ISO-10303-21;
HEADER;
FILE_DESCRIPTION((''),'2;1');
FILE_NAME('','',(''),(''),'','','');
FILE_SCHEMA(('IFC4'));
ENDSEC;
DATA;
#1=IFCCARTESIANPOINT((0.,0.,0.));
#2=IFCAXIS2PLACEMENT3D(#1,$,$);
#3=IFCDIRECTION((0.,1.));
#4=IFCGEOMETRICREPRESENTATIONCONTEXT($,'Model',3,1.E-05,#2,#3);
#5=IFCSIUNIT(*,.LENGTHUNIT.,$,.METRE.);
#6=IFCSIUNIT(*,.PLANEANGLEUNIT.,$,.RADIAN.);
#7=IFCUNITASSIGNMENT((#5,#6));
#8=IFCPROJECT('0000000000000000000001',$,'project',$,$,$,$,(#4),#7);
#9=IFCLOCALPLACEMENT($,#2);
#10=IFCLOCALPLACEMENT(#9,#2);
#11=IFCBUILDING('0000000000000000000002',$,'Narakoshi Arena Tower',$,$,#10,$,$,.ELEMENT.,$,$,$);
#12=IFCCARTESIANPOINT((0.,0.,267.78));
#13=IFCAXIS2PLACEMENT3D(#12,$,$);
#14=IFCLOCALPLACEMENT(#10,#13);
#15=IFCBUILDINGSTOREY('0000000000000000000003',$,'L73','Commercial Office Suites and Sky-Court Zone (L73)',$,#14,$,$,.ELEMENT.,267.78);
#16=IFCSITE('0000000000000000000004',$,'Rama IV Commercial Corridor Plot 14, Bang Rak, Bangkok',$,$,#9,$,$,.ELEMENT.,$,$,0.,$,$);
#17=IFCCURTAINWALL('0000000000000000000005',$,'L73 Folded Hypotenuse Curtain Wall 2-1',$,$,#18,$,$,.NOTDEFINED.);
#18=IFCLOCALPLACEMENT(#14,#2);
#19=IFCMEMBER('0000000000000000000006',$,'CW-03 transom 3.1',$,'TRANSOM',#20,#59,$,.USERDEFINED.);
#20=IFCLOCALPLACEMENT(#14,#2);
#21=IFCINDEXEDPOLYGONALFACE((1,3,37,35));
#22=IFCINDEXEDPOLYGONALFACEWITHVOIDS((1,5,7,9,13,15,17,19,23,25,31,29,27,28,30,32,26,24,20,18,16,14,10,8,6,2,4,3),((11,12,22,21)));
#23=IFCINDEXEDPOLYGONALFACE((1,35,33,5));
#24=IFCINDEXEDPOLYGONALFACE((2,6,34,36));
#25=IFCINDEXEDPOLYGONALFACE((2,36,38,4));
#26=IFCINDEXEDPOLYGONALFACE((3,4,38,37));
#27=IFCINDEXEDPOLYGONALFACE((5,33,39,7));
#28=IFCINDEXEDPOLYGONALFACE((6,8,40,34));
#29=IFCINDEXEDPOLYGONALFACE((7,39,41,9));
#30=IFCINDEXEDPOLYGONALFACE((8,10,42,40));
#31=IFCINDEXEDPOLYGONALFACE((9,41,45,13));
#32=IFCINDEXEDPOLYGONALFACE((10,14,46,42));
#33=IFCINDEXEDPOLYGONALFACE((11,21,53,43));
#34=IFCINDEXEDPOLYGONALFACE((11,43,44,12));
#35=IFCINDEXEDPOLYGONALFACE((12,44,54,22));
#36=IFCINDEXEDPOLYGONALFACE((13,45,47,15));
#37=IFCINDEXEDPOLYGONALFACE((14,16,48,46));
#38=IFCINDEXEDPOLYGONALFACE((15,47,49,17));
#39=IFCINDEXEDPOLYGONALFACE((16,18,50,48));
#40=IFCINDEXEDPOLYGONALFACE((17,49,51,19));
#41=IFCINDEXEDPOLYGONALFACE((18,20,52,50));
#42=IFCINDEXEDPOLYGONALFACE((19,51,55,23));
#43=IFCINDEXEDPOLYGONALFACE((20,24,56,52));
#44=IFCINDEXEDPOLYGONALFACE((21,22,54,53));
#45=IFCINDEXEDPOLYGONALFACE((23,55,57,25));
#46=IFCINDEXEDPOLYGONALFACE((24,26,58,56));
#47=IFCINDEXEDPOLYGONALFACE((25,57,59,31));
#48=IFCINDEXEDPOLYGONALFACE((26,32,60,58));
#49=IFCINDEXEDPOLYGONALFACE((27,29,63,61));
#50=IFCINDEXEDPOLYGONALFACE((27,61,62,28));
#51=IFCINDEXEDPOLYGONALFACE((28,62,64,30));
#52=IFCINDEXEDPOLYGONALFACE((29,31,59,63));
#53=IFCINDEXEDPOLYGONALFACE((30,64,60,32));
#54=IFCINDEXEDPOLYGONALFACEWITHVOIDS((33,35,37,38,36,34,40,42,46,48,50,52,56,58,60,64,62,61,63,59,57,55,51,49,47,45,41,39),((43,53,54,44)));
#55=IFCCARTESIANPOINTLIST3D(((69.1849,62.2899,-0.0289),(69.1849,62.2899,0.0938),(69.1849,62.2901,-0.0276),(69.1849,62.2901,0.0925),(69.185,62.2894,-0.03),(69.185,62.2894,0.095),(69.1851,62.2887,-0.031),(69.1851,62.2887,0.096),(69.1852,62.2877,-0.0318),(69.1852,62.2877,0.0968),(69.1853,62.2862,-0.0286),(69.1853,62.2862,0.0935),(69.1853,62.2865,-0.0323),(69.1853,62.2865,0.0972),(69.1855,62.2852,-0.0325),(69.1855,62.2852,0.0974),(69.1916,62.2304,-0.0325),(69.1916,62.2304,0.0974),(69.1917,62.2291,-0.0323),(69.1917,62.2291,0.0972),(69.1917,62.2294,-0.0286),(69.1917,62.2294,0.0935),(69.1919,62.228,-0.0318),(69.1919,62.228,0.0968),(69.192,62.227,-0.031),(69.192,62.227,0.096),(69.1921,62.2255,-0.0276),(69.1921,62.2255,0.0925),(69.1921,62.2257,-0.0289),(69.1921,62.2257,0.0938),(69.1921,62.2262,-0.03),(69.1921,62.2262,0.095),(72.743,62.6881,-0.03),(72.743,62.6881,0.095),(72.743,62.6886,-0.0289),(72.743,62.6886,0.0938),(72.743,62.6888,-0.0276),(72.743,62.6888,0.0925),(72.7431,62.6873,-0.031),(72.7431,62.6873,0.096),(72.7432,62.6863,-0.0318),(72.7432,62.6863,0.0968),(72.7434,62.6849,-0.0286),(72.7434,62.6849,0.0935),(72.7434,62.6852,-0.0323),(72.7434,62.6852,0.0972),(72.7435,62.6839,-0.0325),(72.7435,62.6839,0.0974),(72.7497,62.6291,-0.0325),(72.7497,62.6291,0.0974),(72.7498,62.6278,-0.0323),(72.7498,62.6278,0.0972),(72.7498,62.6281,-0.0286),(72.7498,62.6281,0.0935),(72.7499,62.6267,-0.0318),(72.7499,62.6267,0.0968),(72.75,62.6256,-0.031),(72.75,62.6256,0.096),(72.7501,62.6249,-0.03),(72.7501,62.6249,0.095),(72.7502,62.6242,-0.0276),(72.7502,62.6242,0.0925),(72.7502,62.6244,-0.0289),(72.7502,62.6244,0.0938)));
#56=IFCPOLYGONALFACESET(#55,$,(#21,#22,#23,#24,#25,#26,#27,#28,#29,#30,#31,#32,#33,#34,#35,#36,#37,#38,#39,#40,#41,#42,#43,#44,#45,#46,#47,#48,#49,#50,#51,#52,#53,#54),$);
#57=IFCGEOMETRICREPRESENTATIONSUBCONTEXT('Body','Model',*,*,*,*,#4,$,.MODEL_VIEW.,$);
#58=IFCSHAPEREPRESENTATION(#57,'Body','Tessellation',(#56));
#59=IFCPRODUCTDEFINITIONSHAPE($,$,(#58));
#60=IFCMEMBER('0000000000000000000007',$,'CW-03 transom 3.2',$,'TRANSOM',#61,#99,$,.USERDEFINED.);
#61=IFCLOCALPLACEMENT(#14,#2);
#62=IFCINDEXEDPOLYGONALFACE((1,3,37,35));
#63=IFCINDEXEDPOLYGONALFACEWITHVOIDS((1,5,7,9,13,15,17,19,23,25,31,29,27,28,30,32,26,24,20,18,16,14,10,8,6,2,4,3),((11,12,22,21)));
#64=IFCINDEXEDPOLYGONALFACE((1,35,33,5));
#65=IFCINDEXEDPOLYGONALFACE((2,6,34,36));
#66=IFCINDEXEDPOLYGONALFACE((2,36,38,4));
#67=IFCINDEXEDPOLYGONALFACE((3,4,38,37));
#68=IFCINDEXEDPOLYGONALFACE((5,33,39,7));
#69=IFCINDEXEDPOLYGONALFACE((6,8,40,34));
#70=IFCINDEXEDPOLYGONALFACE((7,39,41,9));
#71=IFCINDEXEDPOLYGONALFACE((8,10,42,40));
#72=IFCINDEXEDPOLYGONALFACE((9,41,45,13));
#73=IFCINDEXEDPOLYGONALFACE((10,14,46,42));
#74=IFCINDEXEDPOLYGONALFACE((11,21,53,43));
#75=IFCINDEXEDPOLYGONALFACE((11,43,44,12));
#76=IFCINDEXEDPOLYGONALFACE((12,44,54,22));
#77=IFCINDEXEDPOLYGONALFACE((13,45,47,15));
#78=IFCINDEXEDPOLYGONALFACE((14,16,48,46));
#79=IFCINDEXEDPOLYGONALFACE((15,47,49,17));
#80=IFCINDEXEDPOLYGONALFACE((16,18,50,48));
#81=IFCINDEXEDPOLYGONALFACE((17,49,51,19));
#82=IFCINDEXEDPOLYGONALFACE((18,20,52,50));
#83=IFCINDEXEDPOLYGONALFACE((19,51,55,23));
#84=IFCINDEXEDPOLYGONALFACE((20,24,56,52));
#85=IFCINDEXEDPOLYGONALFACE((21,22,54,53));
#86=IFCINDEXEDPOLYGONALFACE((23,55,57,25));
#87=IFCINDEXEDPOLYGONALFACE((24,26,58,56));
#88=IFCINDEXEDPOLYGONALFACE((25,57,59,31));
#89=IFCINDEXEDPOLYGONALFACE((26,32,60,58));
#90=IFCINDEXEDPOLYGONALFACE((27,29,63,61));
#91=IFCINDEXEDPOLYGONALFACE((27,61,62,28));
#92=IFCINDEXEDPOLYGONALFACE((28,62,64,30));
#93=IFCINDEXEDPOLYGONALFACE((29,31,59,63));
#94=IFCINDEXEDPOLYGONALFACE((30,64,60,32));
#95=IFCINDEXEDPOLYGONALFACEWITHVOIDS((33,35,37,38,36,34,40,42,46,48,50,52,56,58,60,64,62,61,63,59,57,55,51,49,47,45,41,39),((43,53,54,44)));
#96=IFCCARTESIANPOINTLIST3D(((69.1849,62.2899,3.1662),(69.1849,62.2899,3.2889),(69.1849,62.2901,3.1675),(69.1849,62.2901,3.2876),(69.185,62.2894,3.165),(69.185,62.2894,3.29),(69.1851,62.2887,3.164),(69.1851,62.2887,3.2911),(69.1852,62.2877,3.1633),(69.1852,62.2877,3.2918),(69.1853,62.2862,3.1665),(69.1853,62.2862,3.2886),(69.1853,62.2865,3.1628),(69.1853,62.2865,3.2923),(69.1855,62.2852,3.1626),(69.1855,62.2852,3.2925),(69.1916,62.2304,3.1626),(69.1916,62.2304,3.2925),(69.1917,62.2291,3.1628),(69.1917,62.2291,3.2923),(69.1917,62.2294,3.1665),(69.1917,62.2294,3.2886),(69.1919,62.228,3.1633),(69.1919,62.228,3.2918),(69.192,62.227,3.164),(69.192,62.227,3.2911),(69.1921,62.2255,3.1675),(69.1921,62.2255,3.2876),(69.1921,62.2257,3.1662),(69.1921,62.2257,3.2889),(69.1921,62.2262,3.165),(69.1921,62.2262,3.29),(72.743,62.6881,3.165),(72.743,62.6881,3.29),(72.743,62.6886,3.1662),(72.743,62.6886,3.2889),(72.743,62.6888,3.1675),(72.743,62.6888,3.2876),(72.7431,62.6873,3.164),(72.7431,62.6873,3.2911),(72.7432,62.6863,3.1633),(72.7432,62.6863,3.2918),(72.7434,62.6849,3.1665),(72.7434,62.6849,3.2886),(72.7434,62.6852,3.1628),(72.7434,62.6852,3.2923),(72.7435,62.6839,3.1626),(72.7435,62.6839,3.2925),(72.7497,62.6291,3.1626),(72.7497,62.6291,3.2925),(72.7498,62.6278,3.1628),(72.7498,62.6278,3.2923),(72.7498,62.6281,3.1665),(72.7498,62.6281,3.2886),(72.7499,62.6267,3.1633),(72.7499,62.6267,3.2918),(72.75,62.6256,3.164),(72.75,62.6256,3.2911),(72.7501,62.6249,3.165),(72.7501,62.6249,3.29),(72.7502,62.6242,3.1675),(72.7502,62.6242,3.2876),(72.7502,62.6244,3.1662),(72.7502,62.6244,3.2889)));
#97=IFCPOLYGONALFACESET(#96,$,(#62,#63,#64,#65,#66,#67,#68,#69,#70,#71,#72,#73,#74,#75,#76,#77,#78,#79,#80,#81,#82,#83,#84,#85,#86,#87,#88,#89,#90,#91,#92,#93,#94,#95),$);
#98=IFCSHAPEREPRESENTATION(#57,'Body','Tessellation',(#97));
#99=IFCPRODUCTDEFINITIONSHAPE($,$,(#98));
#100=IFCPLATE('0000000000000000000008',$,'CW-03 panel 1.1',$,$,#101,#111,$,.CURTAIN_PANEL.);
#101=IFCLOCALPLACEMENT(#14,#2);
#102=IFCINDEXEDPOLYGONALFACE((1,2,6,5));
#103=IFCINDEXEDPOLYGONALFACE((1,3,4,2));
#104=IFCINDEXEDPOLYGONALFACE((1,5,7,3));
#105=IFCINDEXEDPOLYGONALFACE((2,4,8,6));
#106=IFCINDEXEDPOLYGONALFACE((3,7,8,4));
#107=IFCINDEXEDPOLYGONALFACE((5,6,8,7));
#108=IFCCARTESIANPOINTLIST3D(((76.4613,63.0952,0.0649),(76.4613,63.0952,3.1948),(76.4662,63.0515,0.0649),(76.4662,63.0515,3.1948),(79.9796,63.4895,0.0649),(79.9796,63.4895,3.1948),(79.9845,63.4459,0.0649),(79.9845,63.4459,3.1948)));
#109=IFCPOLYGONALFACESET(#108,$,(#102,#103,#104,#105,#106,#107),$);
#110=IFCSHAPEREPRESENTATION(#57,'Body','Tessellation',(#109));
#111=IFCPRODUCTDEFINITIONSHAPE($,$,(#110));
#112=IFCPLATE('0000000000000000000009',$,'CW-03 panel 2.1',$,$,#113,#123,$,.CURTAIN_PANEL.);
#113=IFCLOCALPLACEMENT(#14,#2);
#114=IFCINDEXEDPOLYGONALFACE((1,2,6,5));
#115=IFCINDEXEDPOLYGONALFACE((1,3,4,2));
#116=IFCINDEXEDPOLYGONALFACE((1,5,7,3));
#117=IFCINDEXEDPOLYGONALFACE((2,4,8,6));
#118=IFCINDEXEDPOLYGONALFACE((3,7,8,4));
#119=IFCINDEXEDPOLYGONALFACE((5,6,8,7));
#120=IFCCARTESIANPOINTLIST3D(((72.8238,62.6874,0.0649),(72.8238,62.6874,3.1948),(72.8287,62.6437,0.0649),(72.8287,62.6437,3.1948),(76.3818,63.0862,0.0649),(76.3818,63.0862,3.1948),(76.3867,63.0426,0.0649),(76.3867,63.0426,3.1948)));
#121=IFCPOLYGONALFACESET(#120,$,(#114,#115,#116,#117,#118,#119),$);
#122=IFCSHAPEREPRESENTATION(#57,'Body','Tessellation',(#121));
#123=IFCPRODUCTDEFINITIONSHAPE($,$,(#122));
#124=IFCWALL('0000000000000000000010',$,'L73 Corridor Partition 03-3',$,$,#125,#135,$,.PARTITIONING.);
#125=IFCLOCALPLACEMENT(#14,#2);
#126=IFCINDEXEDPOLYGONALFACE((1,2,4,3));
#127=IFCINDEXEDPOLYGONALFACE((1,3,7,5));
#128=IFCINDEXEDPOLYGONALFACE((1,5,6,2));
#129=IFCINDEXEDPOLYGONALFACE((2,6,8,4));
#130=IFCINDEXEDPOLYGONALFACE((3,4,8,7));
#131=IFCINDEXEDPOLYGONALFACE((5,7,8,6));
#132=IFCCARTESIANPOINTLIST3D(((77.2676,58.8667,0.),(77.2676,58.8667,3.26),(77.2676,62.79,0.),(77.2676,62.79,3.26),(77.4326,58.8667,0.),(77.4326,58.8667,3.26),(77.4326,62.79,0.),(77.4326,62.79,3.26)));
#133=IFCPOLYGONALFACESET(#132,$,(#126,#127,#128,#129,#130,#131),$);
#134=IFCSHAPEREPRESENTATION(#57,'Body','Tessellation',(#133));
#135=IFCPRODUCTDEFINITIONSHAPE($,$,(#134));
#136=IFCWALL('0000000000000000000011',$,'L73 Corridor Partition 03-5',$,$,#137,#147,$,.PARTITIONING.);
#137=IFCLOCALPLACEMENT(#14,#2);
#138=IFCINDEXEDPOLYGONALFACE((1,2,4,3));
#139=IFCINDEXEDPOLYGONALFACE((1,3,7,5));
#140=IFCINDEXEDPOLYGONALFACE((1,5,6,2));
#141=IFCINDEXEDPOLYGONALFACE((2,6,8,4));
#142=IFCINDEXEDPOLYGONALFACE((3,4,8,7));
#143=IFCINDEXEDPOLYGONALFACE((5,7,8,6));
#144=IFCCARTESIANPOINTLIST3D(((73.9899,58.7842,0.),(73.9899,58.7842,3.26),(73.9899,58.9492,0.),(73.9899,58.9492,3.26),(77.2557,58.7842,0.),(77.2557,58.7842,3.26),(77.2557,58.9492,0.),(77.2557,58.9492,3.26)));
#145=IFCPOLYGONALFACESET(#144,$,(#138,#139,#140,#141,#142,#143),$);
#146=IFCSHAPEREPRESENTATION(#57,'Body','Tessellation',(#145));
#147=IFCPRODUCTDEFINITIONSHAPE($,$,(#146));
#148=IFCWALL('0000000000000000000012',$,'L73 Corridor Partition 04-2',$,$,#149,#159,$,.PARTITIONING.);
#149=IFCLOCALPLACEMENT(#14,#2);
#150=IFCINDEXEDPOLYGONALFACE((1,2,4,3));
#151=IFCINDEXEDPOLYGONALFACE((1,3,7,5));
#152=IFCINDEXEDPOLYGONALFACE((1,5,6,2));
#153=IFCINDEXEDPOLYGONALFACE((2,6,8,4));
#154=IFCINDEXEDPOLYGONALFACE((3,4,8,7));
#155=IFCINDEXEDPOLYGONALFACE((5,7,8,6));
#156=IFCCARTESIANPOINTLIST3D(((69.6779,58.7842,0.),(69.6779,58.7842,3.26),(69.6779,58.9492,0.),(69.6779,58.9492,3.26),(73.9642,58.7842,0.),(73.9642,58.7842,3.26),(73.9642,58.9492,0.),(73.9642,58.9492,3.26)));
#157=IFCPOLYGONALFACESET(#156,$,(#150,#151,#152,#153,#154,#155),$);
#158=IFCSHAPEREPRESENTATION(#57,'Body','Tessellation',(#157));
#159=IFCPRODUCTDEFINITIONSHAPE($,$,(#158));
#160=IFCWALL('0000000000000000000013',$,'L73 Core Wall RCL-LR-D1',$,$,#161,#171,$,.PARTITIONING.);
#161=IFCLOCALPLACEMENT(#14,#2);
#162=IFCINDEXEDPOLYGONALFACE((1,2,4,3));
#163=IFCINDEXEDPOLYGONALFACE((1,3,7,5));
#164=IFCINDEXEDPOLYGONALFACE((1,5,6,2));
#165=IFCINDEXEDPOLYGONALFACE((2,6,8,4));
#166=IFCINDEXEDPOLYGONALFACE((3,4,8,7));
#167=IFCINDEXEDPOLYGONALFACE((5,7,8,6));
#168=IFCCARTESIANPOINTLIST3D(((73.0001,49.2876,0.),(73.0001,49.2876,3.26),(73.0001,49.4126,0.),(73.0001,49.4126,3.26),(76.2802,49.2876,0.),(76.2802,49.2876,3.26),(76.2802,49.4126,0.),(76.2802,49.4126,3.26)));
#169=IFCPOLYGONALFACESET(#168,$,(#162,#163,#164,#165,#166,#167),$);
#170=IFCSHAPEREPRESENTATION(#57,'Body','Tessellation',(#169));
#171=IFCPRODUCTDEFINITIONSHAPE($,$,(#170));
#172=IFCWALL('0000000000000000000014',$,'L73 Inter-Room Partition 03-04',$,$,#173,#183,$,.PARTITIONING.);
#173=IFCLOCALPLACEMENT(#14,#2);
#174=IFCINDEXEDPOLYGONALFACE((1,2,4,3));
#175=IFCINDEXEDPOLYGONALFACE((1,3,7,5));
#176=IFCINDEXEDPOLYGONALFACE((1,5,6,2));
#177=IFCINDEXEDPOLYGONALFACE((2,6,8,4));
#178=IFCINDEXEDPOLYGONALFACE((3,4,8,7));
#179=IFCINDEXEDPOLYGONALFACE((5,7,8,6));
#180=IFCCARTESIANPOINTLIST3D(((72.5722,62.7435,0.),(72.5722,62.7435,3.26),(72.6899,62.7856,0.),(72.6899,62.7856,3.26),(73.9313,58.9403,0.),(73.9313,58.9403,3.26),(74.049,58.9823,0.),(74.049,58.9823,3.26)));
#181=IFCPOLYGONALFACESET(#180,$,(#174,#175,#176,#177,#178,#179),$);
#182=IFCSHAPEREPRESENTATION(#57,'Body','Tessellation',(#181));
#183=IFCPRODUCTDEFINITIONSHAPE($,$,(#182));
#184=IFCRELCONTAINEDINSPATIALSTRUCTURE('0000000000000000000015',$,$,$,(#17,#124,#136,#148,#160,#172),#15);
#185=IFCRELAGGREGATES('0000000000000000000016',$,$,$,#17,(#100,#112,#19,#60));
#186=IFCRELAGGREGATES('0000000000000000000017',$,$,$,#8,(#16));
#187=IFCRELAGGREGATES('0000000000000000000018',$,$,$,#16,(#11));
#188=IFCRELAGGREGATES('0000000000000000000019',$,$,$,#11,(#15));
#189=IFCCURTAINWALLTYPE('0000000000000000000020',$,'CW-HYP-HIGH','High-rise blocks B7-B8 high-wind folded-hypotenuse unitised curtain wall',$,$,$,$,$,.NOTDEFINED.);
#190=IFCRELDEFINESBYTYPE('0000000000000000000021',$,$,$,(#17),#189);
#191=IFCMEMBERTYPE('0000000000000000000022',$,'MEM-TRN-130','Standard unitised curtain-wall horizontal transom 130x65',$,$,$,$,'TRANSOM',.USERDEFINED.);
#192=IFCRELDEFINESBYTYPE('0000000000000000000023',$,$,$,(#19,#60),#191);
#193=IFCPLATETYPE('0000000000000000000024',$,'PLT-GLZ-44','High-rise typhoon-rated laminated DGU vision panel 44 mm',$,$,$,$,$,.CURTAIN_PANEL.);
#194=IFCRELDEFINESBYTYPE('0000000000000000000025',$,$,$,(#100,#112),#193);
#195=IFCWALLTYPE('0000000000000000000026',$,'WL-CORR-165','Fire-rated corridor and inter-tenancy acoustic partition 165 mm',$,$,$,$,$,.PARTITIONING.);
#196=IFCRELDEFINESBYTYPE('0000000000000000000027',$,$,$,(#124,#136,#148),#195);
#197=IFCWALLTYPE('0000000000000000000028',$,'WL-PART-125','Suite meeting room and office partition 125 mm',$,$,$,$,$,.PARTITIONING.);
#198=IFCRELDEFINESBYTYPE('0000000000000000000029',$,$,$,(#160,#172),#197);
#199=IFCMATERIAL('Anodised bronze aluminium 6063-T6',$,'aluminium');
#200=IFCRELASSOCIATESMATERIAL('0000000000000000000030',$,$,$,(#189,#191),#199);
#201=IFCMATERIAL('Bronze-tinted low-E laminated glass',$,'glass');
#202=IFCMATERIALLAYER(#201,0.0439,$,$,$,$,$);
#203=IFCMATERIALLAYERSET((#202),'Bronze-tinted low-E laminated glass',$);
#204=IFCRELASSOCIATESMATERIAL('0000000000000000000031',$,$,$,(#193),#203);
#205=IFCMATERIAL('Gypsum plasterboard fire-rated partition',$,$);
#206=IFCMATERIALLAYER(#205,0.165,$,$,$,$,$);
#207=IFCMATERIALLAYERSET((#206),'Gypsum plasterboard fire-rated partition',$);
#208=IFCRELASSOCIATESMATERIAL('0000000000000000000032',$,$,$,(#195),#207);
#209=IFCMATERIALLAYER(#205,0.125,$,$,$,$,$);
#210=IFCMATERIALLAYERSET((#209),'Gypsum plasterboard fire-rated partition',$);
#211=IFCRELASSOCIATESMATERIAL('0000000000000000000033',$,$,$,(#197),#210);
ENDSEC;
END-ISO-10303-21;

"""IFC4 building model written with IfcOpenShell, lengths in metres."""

from ifc_helpers import new_model, si_unit, direction, frame, frame_2d, origin, origin_2d, place, context, subcontext, project, spatial, rectangle, hollow_rectangle, extrude, material, layer, layer_set, material_profile, profile_set, type_object, element, aggregate, save


model = new_model("IFC4")

# Units and contexts
model_context = context("Model", 3, precision=1e-05, world=origin(), true_north=direction((0.0, 1.0)))
body_context = subcontext(model_context, "Body", "Model", "MODEL_VIEW")
ifc_project = project(units=[si_unit("LENGTHUNIT", "METRE"), si_unit("PLANEANGLEUNIT", "RADIAN")], contexts=[model_context])

# Site, building, storey
site_placement = place(None, origin())
site = spatial("IfcSite", under=ifc_project, at=site_placement, Name="Rama IV Commercial Corridor Plot 14, Bang Rak, Bangkok", CompositionType="ELEMENT", RefElevation=0.0)
building_placement = place(site_placement, origin())
building = spatial("IfcBuilding", under=site, at=building_placement, Name="Narakoshi Arena Tower", CompositionType="ELEMENT")
storey_placement = place(building_placement, frame((0.0, 0.0, 267.78)))
storey = spatial("IfcBuildingStorey", under=building, at=storey_placement, Name="L73", Description="Commercial Office Suites and Sky-Court Zone (L73)", CompositionType="ELEMENT", Elevation=267.78)

# Curtain wall, members, plates
ifc_material_1 = material(Name="Anodised bronze aluminium 6063-T6", Category="aluminium")
curtain_wall_type = type_object("IfcCurtainWallType", Name="CW-HYP-HIGH", Description="High-rise blocks B7-B8 high-wind folded-hypotenuse unitised curtain wall", PredefinedType="NOTDEFINED", material=ifc_material_1)
curtain_wall_placement = place(storey_placement, origin())
curtain_wall = element("IfcCurtainWall", 1, at=curtain_wall_placement, inside=storey, type_object=curtain_wall_type, Name="L73 Folded Hypotenuse Curtain Wall 2-1", PredefinedType="NOTDEFINED")
ifc_material_profile_1 = material_profile(ifc_material_1, hollow_rectangle(XDim=0.0649, YDim=0.1299, WallThickness=0.0039, OuterFilletRadius=0.0049, at=origin_2d()), Name="TRN130x65x4")
ifc_profile_set_1 = profile_set([ifc_material_profile_1], Name="Anodised bronze aluminium 6063-T6")
member_type_1 = type_object("IfcMemberType", Name="MEM-TRN-130", Description="Standard unitised curtain-wall horizontal transom 130x65", ElementType="TRANSOM", PredefinedType="USERDEFINED", material=ifc_profile_set_1)
member_1_placement = place(storey_placement, frame((72.7466, 62.6565, 0.0325), z_axis=(-0.993781, -0.111352, 0.0), x_axis=(0.111352, -0.993781, 0.0)))
member_1 = element("IfcMember", 2, at=member_1_placement, type_object=member_type_1, Name="CW-03 transom 3.1", ObjectType="TRANSOM", PredefinedType="USERDEFINED", context=body_context, shape_type="SweptSolid", body=[
    extrude(hollow_rectangle(XDim=0.0649, YDim=0.1299, WallThickness=0.0039, OuterFilletRadius=0.0049, at=origin_2d()), origin(), (0.0, 0.0, 1.0), 3.5803),
])
member_2_placement = place(storey_placement, frame((72.7466, 62.6565, 3.2275), z_axis=(-0.993781, -0.111352, 0.0), x_axis=(0.111352, -0.993781, 0.0)))
member_2 = element("IfcMember", 3, at=member_2_placement, type_object=member_type_1, Name="CW-03 transom 3.2", ObjectType="TRANSOM", PredefinedType="USERDEFINED", context=body_context, shape_type="SweptSolid", body=[
    extrude(hollow_rectangle(XDim=0.0649, YDim=0.1299, WallThickness=0.0039, OuterFilletRadius=0.0049, at=origin_2d()), origin(), (0.0, 0.0, 1.0), 3.5803),
])
ifc_material_2 = material(Name="Bronze-tinted low-E laminated glass", Category="glass")
ifc_layer_1 = layer(ifc_material_2, 0.0439)
ifc_layer_set_1 = layer_set([ifc_layer_1], Name="Bronze-tinted low-E laminated glass")
plate_type = type_object("IfcPlateType", Name="PLT-GLZ-44", Description="High-rise typhoon-rated laminated DGU vision panel 44 mm", PredefinedType="CURTAIN_PANEL", material=ifc_layer_set_1)
plate_1_placement = place(storey_placement, frame((78.2229, 63.2705, 0.0649), z_axis=(0.0, 0.0, 1.0), x_axis=(-0.993776, -0.111396, 0.0)))
plate_1 = element("IfcPlate", 4, at=plate_1_placement, type_object=plate_type, Name="CW-03 panel 1.1", PredefinedType="CURTAIN_PANEL", context=body_context, shape_type="SweptSolid", body=[
    extrude(rectangle(XDim=3.5403, YDim=0.0439, at=origin_2d()), origin(), (0.0, 0.0, 1.0), 3.1299),
])
plate_2_placement = place(storey_placement, frame((74.6052, 62.865, 0.0649), z_axis=(0.0, 0.0, 1.0), x_axis=(-0.993776, -0.111396, 0.0)))
plate_2 = element("IfcPlate", 5, at=plate_2_placement, type_object=plate_type, Name="CW-03 panel 2.1", PredefinedType="CURTAIN_PANEL", context=body_context, shape_type="SweptSolid", body=[
    extrude(rectangle(XDim=3.5803, YDim=0.0439, at=origin_2d()), origin(), (0.0, 0.0, 1.0), 3.1299),
])
aggregate(curtain_wall, [plate_1, plate_2, member_1, member_2])

# Walls
ifc_material_3 = material(Name="Gypsum plasterboard fire-rated partition")
ifc_layer_2 = layer(ifc_material_3, 0.165)
ifc_layer_set_2 = layer_set([ifc_layer_2], Name="Gypsum plasterboard fire-rated partition")
wall_type_1 = type_object("IfcWallType", Name="WL-CORR-165", Description="Fire-rated corridor and inter-tenancy acoustic partition 165 mm", PredefinedType="PARTITIONING", material=ifc_layer_set_2)
wall_1_placement = place(storey_placement, frame((77.3501, 62.79, 0.0), z_axis=(0.0, 0.0, 1.0), x_axis=(0.0, -1.0, 0.0)))
element("IfcWall", 6, at=wall_1_placement, inside=storey, type_object=wall_type_1, Name="L73 Corridor Partition 03-3", PredefinedType="PARTITIONING", context=body_context, shape_type="SweptSolid", body=[
    extrude(rectangle(XDim=3.9233, YDim=0.165, at=frame_2d((1.9617, 0.0))), origin(), (0.0, 0.0, 1.0), 3.26),
])
wall_2_placement = place(storey_placement, frame((77.2556, 58.8667, 0.0), z_axis=(0.0, 0.0, 1.0), x_axis=(-1.0, 0.0, 0.0)))
element("IfcWall", 7, at=wall_2_placement, inside=storey, type_object=wall_type_1, Name="L73 Corridor Partition 03-5", PredefinedType="PARTITIONING", context=body_context, shape_type="SweptSolid", body=[
    extrude(rectangle(XDim=3.2659, YDim=0.165, at=frame_2d((1.6328, 0.0))), origin(), (0.0, 0.0, 1.0), 3.26),
])
wall_3_placement = place(storey_placement, frame((73.9641, 58.8667, 0.0), z_axis=(0.0, 0.0, 1.0), x_axis=(-1.0, 0.0, 0.0)))
element("IfcWall", 8, at=wall_3_placement, inside=storey, type_object=wall_type_1, Name="L73 Corridor Partition 04-2", PredefinedType="PARTITIONING", context=body_context, shape_type="SweptSolid", body=[
    extrude(rectangle(XDim=4.2864, YDim=0.165, at=frame_2d((2.1431, 0.0))), origin(), (0.0, 0.0, 1.0), 3.26),
])
ifc_layer_3 = layer(ifc_material_3, 0.125)
ifc_layer_set_3 = layer_set([ifc_layer_3], Name="Gypsum plasterboard fire-rated partition")
wall_type_2 = type_object("IfcWallType", Name="WL-PART-125", Description="Suite meeting room and office partition 125 mm", PredefinedType="PARTITIONING", material=ifc_layer_set_3)
wall_4_placement = place(storey_placement, frame((73.0, 49.3501, 0.0), z_axis=(0.0, 0.0, 1.0), x_axis=(1.0, 0.0, 0.0)))
element("IfcWall", 9, at=wall_4_placement, inside=storey, type_object=wall_type_2, Name="L73 Core Wall RCL-LR-D1", PredefinedType="PARTITIONING", context=body_context, shape_type="SweptSolid", body=[
    extrude(rectangle(XDim=3.28, YDim=0.125, at=frame_2d((1.6401, 0.0))), origin(), (0.0, 0.0, 1.0), 3.26),
])
wall_5_placement = place(storey_placement, frame((73.9902, 58.9612, 0.0), z_axis=(0.0, 0.0, 1.0), x_axis=(-0.33652, 0.941676, 0.0)))
element("IfcWall", 10, at=wall_5_placement, inside=storey, type_object=wall_type_2, Name="L73 Inter-Room Partition 03-04", PredefinedType="PARTITIONING", context=body_context, shape_type="SweptSolid", body=[
    extrude(rectangle(XDim=4.0388, YDim=0.125, at=frame_2d((2.0195, 0.0))), origin(), (0.0, 0.0, 1.0), 3.26),
])

save(model, "model.ifc")
